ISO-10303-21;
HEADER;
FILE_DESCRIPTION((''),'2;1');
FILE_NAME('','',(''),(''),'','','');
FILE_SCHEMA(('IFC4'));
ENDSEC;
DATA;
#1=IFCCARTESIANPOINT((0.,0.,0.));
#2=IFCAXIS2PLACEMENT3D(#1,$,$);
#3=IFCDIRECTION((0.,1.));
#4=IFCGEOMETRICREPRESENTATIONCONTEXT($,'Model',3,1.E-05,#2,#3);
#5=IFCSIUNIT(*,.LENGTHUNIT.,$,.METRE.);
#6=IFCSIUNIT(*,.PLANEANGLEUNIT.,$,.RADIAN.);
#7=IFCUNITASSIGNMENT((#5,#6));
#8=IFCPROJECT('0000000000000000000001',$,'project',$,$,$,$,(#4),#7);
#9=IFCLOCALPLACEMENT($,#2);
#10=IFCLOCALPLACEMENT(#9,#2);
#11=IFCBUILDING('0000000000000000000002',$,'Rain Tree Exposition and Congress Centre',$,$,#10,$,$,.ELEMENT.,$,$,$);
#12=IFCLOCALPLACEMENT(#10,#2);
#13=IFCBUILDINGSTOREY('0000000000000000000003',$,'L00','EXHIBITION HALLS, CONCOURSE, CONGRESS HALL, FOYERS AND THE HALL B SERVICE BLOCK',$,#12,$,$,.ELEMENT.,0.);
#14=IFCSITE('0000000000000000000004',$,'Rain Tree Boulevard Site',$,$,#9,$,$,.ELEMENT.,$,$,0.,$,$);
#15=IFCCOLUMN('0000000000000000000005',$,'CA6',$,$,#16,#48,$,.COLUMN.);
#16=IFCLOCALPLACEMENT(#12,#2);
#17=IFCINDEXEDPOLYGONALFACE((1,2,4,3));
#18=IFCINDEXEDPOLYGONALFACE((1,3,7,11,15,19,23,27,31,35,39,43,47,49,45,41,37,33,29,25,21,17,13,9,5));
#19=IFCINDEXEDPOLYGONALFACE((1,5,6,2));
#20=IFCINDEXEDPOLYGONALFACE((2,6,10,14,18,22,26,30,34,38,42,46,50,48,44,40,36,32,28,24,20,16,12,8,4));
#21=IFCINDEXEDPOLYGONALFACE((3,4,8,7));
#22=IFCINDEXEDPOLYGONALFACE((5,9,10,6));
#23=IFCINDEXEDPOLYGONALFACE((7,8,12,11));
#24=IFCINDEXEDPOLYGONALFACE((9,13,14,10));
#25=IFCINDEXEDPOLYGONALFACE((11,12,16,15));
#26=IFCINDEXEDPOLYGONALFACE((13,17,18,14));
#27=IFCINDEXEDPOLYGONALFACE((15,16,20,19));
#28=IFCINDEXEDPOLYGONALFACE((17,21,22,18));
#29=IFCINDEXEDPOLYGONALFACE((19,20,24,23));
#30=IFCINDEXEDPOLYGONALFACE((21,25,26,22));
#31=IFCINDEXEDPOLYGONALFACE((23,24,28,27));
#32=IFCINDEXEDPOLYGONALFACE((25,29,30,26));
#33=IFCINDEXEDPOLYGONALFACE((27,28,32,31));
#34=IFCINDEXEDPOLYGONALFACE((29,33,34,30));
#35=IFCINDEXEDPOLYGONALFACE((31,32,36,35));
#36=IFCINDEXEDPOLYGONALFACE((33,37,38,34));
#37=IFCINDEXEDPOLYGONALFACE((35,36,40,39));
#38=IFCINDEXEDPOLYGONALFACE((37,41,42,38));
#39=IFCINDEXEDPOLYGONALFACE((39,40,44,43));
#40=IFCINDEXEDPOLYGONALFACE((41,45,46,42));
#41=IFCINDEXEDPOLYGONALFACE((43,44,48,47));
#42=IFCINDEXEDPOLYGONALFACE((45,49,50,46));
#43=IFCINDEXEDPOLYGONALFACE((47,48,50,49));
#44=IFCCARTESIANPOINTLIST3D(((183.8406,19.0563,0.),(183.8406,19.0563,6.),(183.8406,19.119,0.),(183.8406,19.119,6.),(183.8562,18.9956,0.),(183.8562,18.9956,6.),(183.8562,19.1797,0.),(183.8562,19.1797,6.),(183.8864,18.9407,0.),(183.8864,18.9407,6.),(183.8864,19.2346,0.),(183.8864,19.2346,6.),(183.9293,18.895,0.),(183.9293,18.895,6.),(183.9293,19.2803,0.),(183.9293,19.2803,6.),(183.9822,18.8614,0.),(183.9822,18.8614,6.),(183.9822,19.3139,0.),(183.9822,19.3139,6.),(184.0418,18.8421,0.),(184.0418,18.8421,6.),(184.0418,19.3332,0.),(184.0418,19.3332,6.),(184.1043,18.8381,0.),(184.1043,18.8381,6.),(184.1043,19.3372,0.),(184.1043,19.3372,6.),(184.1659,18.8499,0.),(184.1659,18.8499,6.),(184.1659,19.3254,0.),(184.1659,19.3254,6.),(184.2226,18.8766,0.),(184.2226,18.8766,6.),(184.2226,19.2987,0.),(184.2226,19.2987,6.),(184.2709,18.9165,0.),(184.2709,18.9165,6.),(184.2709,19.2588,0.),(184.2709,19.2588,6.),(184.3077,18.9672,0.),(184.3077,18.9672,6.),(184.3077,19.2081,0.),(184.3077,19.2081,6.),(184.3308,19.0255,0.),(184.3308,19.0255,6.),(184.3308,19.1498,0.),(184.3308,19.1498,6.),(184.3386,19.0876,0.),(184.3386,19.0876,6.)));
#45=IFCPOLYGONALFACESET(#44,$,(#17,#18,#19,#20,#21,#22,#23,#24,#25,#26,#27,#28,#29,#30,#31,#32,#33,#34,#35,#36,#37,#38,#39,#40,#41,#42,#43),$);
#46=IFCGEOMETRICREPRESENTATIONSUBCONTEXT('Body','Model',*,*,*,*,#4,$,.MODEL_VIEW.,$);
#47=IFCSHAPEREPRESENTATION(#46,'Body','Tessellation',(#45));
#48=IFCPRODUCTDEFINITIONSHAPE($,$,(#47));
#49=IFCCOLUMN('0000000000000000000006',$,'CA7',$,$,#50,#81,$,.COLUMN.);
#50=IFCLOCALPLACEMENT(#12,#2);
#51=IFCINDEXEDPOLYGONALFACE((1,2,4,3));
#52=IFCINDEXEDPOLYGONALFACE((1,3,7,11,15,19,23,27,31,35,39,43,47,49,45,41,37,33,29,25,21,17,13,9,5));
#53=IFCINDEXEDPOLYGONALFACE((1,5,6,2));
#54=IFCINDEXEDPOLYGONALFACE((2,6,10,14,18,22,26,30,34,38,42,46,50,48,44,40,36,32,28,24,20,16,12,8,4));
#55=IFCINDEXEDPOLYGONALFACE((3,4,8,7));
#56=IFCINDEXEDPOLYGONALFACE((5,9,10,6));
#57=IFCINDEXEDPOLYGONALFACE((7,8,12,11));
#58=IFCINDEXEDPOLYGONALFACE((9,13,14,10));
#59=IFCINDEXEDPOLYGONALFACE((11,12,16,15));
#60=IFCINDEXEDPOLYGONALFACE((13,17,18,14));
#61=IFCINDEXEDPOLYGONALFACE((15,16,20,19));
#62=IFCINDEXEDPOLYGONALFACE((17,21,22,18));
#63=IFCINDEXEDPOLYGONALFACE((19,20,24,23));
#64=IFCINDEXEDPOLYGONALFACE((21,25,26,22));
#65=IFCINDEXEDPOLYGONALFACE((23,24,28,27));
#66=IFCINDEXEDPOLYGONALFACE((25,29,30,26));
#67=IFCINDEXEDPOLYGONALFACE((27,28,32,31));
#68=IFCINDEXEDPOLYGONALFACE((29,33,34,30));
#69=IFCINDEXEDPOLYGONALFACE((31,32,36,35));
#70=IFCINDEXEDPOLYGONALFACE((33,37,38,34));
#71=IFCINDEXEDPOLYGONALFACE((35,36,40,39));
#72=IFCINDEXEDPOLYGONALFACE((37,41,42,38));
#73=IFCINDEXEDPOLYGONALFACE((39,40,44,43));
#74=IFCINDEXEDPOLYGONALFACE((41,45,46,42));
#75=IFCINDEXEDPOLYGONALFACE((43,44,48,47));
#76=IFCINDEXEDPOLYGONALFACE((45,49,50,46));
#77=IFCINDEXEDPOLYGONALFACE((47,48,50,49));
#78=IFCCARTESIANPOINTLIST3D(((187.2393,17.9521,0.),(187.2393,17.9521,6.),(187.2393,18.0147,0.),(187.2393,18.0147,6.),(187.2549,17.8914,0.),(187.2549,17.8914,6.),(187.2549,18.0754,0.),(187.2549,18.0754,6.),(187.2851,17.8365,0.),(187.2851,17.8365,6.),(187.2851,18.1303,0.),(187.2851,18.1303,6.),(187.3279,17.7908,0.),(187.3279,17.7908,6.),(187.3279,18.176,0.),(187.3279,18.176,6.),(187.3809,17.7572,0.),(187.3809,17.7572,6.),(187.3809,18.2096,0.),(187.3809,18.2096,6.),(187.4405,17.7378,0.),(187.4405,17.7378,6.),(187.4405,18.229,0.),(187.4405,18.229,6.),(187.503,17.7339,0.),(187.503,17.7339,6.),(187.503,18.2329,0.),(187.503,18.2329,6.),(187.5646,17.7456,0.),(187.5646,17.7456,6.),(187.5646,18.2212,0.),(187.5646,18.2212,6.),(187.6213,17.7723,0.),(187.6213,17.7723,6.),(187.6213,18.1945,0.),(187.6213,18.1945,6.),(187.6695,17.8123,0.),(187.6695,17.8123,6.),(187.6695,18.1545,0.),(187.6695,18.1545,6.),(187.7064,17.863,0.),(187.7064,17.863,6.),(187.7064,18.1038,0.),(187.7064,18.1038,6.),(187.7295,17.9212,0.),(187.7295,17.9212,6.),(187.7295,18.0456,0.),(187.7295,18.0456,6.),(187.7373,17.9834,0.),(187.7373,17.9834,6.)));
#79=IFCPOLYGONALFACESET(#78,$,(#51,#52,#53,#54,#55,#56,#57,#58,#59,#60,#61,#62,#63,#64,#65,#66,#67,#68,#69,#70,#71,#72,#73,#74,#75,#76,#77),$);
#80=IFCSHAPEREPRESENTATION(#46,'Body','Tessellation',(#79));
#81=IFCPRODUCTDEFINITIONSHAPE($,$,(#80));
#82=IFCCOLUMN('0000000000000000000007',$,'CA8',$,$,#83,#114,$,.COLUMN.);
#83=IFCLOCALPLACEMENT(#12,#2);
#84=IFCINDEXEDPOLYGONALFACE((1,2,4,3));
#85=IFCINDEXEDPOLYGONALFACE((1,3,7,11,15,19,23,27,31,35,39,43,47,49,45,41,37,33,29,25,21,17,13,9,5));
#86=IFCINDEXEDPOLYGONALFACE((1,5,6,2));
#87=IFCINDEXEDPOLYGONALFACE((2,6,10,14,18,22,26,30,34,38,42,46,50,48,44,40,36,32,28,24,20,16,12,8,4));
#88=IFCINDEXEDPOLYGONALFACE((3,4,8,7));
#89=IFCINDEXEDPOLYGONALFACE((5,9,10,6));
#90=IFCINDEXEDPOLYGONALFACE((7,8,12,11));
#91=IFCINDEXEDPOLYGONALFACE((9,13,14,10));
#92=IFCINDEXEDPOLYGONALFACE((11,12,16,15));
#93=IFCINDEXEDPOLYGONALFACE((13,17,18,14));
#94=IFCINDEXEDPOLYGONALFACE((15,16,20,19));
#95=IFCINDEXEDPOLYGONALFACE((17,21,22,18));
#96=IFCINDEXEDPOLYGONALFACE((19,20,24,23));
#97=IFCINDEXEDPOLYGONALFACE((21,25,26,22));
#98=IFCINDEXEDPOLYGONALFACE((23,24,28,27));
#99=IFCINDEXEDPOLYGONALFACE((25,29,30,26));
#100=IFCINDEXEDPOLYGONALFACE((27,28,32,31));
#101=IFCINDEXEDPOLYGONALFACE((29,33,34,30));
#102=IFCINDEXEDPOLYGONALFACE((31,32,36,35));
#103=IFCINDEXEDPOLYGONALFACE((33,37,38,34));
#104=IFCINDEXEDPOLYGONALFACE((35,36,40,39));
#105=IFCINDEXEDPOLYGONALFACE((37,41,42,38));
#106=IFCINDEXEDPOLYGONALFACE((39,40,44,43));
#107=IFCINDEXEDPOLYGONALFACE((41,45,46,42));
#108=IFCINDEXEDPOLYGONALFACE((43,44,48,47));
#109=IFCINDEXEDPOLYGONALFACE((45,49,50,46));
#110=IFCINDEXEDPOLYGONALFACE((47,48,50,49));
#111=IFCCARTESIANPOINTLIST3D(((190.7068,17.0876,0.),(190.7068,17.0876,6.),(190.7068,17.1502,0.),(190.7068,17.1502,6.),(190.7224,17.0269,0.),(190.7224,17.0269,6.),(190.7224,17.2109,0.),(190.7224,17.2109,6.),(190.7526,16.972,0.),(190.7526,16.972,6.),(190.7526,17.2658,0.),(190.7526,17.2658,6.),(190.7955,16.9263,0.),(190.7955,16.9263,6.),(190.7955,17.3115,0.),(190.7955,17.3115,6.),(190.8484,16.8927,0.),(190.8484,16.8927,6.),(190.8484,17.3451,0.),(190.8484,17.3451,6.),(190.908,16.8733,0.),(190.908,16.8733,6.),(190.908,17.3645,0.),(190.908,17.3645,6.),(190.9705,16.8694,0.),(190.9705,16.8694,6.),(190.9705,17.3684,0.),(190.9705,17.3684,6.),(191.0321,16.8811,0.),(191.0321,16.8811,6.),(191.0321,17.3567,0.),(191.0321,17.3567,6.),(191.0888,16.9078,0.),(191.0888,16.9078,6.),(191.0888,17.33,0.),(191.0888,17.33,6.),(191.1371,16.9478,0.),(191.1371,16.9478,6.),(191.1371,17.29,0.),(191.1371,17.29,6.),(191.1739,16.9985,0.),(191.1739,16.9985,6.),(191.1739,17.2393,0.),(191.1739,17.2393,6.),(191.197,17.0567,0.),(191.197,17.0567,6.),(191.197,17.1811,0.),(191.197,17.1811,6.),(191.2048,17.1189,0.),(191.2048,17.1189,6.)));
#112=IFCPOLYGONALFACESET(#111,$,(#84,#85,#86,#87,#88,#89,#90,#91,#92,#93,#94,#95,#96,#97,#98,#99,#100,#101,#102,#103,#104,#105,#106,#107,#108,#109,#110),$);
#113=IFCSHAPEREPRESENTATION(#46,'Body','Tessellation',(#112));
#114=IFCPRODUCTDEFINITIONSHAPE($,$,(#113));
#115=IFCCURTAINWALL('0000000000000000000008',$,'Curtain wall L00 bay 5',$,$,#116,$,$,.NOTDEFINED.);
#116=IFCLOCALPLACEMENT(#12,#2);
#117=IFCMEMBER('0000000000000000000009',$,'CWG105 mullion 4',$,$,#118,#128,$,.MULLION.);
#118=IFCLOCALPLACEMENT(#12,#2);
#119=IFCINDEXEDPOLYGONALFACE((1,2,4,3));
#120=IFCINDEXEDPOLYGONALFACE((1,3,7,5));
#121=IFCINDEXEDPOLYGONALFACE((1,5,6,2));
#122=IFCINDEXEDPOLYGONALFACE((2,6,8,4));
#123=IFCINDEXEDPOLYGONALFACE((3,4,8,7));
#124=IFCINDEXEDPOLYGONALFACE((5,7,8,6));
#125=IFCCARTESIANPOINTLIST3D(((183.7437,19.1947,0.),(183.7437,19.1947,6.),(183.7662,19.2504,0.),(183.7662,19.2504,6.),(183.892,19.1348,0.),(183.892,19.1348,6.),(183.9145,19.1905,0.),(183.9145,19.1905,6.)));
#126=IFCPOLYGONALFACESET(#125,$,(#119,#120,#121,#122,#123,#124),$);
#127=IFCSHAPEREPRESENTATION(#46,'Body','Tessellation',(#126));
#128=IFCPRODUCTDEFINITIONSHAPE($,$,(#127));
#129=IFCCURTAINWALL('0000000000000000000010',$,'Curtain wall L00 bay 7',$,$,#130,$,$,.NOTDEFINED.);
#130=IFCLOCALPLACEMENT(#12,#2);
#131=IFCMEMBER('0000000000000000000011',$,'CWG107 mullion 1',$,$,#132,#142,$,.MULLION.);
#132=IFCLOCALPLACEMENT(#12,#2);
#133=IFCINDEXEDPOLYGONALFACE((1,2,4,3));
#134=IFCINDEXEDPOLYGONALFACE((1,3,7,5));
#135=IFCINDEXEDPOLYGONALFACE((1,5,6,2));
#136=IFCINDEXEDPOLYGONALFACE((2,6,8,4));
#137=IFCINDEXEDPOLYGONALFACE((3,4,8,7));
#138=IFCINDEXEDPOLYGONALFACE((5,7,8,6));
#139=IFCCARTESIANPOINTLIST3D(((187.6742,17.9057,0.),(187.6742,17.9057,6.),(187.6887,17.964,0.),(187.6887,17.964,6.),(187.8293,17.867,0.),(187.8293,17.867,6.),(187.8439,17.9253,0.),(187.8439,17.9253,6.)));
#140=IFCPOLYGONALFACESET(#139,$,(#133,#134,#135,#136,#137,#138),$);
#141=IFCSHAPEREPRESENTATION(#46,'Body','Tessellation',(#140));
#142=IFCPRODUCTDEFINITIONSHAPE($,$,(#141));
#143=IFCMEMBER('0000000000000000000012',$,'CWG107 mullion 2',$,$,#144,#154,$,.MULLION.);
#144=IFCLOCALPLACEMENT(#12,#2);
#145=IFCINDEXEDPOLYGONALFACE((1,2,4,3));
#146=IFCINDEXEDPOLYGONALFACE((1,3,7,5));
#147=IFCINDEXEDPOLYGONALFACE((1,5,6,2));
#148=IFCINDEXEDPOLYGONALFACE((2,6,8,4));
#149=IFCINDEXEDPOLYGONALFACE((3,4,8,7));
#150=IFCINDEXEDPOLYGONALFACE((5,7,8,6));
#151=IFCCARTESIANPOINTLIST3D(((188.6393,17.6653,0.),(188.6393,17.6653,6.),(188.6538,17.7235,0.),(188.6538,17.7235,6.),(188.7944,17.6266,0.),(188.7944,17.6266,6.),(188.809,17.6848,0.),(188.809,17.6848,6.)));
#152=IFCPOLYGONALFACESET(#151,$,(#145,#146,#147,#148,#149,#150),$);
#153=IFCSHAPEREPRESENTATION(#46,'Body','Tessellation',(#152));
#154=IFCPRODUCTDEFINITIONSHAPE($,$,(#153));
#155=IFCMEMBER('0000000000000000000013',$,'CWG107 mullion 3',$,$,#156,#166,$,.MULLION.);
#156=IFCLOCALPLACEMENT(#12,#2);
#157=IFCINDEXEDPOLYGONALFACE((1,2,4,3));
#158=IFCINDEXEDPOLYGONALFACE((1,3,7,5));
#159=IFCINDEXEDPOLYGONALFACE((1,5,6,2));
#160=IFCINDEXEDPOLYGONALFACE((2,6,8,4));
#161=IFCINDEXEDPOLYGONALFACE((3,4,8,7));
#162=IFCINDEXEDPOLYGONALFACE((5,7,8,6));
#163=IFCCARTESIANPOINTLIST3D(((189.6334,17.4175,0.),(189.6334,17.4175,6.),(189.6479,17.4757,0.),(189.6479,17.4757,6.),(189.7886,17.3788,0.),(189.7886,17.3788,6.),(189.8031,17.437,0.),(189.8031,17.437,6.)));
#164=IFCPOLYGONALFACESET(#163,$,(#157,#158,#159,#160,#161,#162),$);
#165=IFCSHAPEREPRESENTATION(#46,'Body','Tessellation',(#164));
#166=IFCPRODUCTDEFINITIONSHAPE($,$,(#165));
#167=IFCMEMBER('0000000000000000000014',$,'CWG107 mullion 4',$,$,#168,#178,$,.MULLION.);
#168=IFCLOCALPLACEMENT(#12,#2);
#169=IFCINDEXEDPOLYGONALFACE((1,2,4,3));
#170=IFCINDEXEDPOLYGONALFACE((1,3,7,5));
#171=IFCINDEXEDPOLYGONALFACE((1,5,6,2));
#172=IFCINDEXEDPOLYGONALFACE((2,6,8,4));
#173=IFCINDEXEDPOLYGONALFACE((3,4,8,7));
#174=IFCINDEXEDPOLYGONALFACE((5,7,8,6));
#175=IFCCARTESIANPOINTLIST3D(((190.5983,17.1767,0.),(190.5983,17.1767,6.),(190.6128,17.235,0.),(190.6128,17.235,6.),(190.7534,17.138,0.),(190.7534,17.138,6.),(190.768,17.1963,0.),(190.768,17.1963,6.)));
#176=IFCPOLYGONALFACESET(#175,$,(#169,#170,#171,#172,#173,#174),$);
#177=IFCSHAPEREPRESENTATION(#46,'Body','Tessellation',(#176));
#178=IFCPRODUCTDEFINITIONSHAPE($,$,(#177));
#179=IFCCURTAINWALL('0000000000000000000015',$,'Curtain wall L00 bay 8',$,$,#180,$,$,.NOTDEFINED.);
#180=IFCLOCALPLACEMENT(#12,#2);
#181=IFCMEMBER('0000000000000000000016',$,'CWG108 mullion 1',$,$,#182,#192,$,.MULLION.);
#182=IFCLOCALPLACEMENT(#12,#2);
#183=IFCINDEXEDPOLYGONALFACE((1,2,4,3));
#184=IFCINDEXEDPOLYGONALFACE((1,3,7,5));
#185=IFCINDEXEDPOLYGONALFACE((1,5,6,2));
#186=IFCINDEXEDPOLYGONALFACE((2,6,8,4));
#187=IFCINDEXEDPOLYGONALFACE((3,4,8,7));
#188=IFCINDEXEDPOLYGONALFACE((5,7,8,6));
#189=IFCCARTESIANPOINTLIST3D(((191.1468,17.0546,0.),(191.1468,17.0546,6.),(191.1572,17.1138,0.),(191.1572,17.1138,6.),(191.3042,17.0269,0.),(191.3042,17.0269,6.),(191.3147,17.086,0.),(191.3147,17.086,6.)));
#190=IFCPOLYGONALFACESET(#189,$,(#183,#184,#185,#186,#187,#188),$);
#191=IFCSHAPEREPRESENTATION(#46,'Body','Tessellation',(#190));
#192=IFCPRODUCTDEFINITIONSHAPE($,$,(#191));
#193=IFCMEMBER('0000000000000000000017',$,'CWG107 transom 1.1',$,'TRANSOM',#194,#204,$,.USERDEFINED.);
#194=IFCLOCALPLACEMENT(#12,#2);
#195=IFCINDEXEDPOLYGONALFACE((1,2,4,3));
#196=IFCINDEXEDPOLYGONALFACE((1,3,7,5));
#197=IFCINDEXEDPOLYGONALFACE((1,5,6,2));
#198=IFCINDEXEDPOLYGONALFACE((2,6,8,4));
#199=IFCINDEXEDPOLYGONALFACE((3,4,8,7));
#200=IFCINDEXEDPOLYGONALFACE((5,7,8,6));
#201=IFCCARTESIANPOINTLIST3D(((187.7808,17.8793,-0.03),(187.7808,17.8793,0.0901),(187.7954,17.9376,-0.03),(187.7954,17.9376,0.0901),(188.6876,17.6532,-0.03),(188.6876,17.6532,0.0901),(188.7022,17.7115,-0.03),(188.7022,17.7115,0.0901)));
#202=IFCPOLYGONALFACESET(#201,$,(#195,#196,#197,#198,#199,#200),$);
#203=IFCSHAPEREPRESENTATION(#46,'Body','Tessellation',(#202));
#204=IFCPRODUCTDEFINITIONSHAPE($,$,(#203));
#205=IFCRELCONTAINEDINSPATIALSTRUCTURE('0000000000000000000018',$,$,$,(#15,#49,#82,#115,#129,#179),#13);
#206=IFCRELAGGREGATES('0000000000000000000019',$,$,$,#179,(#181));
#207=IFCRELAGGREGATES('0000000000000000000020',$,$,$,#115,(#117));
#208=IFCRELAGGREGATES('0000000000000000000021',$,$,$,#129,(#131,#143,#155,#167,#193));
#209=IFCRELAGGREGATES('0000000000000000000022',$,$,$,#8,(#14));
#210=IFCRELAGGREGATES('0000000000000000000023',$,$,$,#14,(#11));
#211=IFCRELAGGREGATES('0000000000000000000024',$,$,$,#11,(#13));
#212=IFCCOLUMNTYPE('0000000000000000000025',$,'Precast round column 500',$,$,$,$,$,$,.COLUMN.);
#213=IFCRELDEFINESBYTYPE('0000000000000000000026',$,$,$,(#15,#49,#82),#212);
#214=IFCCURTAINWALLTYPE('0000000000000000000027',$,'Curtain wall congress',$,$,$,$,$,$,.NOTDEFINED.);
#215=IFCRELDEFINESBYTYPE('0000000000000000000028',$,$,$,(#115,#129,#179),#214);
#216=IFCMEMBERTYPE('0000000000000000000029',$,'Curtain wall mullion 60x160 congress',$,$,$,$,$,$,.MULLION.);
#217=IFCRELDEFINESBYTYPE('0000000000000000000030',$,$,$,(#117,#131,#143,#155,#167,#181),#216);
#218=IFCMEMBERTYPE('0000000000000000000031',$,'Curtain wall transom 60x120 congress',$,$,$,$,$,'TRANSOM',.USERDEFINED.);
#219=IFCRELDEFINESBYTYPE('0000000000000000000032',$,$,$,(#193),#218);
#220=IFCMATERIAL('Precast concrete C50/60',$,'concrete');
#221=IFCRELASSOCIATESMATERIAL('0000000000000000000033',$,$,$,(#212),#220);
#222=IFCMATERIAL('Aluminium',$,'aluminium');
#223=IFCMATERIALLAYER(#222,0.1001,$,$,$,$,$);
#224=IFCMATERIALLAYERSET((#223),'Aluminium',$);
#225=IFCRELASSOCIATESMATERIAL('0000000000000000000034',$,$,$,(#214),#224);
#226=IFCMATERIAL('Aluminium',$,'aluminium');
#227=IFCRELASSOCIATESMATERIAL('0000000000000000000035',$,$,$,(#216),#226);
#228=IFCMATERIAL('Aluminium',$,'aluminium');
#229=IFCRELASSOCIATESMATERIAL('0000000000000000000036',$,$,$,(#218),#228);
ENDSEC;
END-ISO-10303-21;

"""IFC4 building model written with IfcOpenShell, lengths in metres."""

from ifc_helpers import new_model, si_unit, direction, frame, origin, origin_2d, place, context, subcontext, project, spatial, rectangle, circle, extrude, material, layer, layer_set, material_profile, profile_set, type_object, element, aggregate, save


model = new_model("IFC4")

# Units and contexts
model_context = context("Model", 3, precision=1e-05, world=origin(), true_north=direction((0.0, 1.0)))
body_context = subcontext(model_context, "Body", "Model", "MODEL_VIEW")
ifc_project = project(units=[si_unit("LENGTHUNIT", "METRE"), si_unit("PLANEANGLEUNIT", "RADIAN")], contexts=[model_context])

# Site, building, storey
site_placement = place(None, origin())
site = spatial("IfcSite", under=ifc_project, at=site_placement, Name="Rain Tree Boulevard Site", CompositionType="ELEMENT", RefElevation=0.0)
building_placement = place(site_placement, origin())
building = spatial("IfcBuilding", under=site, at=building_placement, Name="Rain Tree Exposition and Congress Centre", CompositionType="ELEMENT")
storey_placement = place(building_placement, origin())
storey = spatial("IfcBuildingStorey", under=building, at=storey_placement, Name="L00", Description="EXHIBITION HALLS, CONCOURSE, CONGRESS HALL, FOYERS AND THE HALL B SERVICE BLOCK", CompositionType="ELEMENT", Elevation=0.0)

# Columns
ifc_material_1 = material(Name="Precast concrete C50/60", Category="concrete")
ifc_material_profile_1 = material_profile(ifc_material_1, circle(Radius=0.25, at=origin_2d()), Name="RC D500")
ifc_profile_set_1 = profile_set([ifc_material_profile_1], Name="Precast concrete C50/60")
column_type = type_object("IfcColumnType", Name="Precast round column 500", PredefinedType="COLUMN", material=ifc_profile_set_1)
for number, where, z_axis, x_axis, name in (
    (1, (184.0886, 19.0876, 0.0), (0.0, 0.0, 1.0), (1.0, 0.0, 0.0), "CA6"),
    (2, (187.4873, 17.9834, 0.0), (0.0, 0.0, 1.0), (1.0, 0.0, 0.0), "CA7"),
    (3, (190.9548, 17.1189, 0.0), (0.0, 0.0, 1.0), (1.0, 0.0, 0.0), "CA8"),
):
    element("IfcColumn", number, at=place(storey_placement, frame(where, z_axis=z_axis, x_axis=x_axis)), inside=storey, type_object=column_type, Name=name, PredefinedType="COLUMN", context=body_context, shape_type="SweptSolid", body=[
        extrude(circle(Radius=0.25, at=origin_2d()), origin(), (0.0, 0.0, 1.0), 6.0),
    ])

# Curtain wall, member
ifc_material_2 = material(Name="Aluminium", Category="aluminium")
ifc_layer_1 = layer(ifc_material_2, 0.1001)
ifc_layer_set_1 = layer_set([ifc_layer_1], Name="Aluminium")
curtain_wall_type = type_object("IfcCurtainWallType", Name="Curtain wall congress", PredefinedType="NOTDEFINED", material=ifc_layer_set_1)
curtain_wall_1_placement = place(storey_placement, origin())
curtain_wall_1 = element("IfcCurtainWall", 4, at=curtain_wall_1_placement, inside=storey, type_object=curtain_wall_type, Name="Curtain wall L00 bay 5", PredefinedType="NOTDEFINED")
ifc_material_3 = material(Name="Aluminium", Category="aluminium")
ifc_material_profile_2 = material_profile(ifc_material_3, rectangle(XDim=0.0601, YDim=0.1599, at=origin_2d()), Name="AL 60x160")
ifc_profile_set_2 = profile_set([ifc_material_profile_2], Name="Aluminium")
member_type_1 = type_object("IfcMemberType", Name="Curtain wall mullion 60x160 congress", PredefinedType="MULLION", material=ifc_profile_set_2)
member_1_placement = place(storey_placement, frame((183.8291, 19.1926, 0.0), z_axis=(0.0, 0.0, 1.0), x_axis=(0.374597, 0.927188, 0.0)))
member_1 = element("IfcMember", 5, at=member_1_placement, type_object=member_type_1, Name="CWG105 mullion 4", PredefinedType="MULLION", context=body_context, shape_type="SweptSolid", body=[
    extrude(rectangle(XDim=0.0601, YDim=0.1599, at=origin_2d()), origin(), (0.0, 0.0, 1.0), 6.0),
])

# Curtain wall, members
curtain_wall_2_placement = place(storey_placement, origin())
curtain_wall_2 = element("IfcCurtainWall", 6, at=curtain_wall_2_placement, inside=storey, type_object=curtain_wall_type, Name="Curtain wall L00 bay 7", PredefinedType="NOTDEFINED")
member_2_placement = place(storey_placement, frame((187.759, 17.9155, 0.0), z_axis=(0.0, 0.0, 1.0), x_axis=(0.241923, 0.970295, 0.0)))
member_2 = element("IfcMember", 7, at=member_2_placement, type_object=member_type_1, Name="CWG107 mullion 1", PredefinedType="MULLION", context=body_context, shape_type="SweptSolid", body=[
    extrude(rectangle(XDim=0.0601, YDim=0.1599, at=origin_2d()), origin(), (0.0, 0.0, 1.0), 6.0),
])
member_3_placement = place(storey_placement, frame((188.7241, 17.675, 0.0), z_axis=(0.0, 0.0, 1.0), x_axis=(0.241923, 0.970295, 0.0)))
member_3 = element("IfcMember", 8, at=member_3_placement, type_object=member_type_1, Name="CWG107 mullion 2", PredefinedType="MULLION", context=body_context, shape_type="SweptSolid", body=[
    extrude(rectangle(XDim=0.0601, YDim=0.1599, at=origin_2d()), origin(), (0.0, 0.0, 1.0), 6.0),
])
member_4_placement = place(storey_placement, frame((189.7183, 17.4272, 0.0), z_axis=(0.0, 0.0, 1.0), x_axis=(0.241923, 0.970295, 0.0)))
member_4 = element("IfcMember", 9, at=member_4_placement, type_object=member_type_1, Name="CWG107 mullion 3", PredefinedType="MULLION", context=body_context, shape_type="SweptSolid", body=[
    extrude(rectangle(XDim=0.0601, YDim=0.1599, at=origin_2d()), origin(), (0.0, 0.0, 1.0), 6.0),
])
member_5_placement = place(storey_placement, frame((190.6831, 17.1865, 0.0), z_axis=(0.0, 0.0, 1.0), x_axis=(0.241923, 0.970295, 0.0)))
member_5 = element("IfcMember", 10, at=member_5_placement, type_object=member_type_1, Name="CWG107 mullion 4", PredefinedType="MULLION", context=body_context, shape_type="SweptSolid", body=[
    extrude(rectangle(XDim=0.0601, YDim=0.1599, at=origin_2d()), origin(), (0.0, 0.0, 1.0), 6.0),
])

# Curtain wall, member
curtain_wall_3_placement = place(storey_placement, origin())
curtain_wall_3 = element("IfcCurtainWall", 11, at=curtain_wall_3_placement, inside=storey, type_object=curtain_wall_type, Name="Curtain wall L00 bay 8", PredefinedType="NOTDEFINED")
member_6_placement = place(storey_placement, frame((191.2307, 17.0703, 0.0), z_axis=(0.0, 0.0, 1.0), x_axis=(0.173635, 0.98481, 0.0)))
member_6 = element("IfcMember", 12, at=member_6_placement, type_object=member_type_1, Name="CWG108 mullion 1", PredefinedType="MULLION", context=body_context, shape_type="SweptSolid", body=[
    extrude(rectangle(XDim=0.0601, YDim=0.1599, at=origin_2d()), origin(), (0.0, 0.0, 1.0), 6.0),
])

# Member
ifc_material_4 = material(Name="Aluminium", Category="aluminium")
ifc_material_profile_3 = material_profile(ifc_material_4, rectangle(XDim=0.0601, YDim=0.1201, at=origin_2d()), Name="AL 60x120")
ifc_profile_set_3 = profile_set([ifc_material_profile_3], Name="Aluminium")
member_type_2 = type_object("IfcMemberType", Name="Curtain wall transom 60x120 congress", ElementType="TRANSOM", PredefinedType="USERDEFINED", material=ifc_profile_set_3)
member_7_placement = place(storey_placement, frame((187.7881, 17.9084, 0.03), z_axis=(0.970296, -0.241921, 0.0), x_axis=(0.241921, 0.970296, 0.0)))
member_7 = element("IfcMember", 13, at=member_7_placement, type_object=member_type_2, Name="CWG107 transom 1.1", ObjectType="TRANSOM", PredefinedType="USERDEFINED", context=body_context, shape_type="SweptSolid", body=[
    extrude(rectangle(XDim=0.0601, YDim=0.1201, at=origin_2d()), origin(), (0.0, 0.0, 1.0), 0.9346),
])
aggregate(curtain_wall_3, [member_6])

aggregate(curtain_wall_1, [member_1])
aggregate(curtain_wall_2, [member_2, member_3, member_4, member_5, member_7])

save(model, "model.ifc")
